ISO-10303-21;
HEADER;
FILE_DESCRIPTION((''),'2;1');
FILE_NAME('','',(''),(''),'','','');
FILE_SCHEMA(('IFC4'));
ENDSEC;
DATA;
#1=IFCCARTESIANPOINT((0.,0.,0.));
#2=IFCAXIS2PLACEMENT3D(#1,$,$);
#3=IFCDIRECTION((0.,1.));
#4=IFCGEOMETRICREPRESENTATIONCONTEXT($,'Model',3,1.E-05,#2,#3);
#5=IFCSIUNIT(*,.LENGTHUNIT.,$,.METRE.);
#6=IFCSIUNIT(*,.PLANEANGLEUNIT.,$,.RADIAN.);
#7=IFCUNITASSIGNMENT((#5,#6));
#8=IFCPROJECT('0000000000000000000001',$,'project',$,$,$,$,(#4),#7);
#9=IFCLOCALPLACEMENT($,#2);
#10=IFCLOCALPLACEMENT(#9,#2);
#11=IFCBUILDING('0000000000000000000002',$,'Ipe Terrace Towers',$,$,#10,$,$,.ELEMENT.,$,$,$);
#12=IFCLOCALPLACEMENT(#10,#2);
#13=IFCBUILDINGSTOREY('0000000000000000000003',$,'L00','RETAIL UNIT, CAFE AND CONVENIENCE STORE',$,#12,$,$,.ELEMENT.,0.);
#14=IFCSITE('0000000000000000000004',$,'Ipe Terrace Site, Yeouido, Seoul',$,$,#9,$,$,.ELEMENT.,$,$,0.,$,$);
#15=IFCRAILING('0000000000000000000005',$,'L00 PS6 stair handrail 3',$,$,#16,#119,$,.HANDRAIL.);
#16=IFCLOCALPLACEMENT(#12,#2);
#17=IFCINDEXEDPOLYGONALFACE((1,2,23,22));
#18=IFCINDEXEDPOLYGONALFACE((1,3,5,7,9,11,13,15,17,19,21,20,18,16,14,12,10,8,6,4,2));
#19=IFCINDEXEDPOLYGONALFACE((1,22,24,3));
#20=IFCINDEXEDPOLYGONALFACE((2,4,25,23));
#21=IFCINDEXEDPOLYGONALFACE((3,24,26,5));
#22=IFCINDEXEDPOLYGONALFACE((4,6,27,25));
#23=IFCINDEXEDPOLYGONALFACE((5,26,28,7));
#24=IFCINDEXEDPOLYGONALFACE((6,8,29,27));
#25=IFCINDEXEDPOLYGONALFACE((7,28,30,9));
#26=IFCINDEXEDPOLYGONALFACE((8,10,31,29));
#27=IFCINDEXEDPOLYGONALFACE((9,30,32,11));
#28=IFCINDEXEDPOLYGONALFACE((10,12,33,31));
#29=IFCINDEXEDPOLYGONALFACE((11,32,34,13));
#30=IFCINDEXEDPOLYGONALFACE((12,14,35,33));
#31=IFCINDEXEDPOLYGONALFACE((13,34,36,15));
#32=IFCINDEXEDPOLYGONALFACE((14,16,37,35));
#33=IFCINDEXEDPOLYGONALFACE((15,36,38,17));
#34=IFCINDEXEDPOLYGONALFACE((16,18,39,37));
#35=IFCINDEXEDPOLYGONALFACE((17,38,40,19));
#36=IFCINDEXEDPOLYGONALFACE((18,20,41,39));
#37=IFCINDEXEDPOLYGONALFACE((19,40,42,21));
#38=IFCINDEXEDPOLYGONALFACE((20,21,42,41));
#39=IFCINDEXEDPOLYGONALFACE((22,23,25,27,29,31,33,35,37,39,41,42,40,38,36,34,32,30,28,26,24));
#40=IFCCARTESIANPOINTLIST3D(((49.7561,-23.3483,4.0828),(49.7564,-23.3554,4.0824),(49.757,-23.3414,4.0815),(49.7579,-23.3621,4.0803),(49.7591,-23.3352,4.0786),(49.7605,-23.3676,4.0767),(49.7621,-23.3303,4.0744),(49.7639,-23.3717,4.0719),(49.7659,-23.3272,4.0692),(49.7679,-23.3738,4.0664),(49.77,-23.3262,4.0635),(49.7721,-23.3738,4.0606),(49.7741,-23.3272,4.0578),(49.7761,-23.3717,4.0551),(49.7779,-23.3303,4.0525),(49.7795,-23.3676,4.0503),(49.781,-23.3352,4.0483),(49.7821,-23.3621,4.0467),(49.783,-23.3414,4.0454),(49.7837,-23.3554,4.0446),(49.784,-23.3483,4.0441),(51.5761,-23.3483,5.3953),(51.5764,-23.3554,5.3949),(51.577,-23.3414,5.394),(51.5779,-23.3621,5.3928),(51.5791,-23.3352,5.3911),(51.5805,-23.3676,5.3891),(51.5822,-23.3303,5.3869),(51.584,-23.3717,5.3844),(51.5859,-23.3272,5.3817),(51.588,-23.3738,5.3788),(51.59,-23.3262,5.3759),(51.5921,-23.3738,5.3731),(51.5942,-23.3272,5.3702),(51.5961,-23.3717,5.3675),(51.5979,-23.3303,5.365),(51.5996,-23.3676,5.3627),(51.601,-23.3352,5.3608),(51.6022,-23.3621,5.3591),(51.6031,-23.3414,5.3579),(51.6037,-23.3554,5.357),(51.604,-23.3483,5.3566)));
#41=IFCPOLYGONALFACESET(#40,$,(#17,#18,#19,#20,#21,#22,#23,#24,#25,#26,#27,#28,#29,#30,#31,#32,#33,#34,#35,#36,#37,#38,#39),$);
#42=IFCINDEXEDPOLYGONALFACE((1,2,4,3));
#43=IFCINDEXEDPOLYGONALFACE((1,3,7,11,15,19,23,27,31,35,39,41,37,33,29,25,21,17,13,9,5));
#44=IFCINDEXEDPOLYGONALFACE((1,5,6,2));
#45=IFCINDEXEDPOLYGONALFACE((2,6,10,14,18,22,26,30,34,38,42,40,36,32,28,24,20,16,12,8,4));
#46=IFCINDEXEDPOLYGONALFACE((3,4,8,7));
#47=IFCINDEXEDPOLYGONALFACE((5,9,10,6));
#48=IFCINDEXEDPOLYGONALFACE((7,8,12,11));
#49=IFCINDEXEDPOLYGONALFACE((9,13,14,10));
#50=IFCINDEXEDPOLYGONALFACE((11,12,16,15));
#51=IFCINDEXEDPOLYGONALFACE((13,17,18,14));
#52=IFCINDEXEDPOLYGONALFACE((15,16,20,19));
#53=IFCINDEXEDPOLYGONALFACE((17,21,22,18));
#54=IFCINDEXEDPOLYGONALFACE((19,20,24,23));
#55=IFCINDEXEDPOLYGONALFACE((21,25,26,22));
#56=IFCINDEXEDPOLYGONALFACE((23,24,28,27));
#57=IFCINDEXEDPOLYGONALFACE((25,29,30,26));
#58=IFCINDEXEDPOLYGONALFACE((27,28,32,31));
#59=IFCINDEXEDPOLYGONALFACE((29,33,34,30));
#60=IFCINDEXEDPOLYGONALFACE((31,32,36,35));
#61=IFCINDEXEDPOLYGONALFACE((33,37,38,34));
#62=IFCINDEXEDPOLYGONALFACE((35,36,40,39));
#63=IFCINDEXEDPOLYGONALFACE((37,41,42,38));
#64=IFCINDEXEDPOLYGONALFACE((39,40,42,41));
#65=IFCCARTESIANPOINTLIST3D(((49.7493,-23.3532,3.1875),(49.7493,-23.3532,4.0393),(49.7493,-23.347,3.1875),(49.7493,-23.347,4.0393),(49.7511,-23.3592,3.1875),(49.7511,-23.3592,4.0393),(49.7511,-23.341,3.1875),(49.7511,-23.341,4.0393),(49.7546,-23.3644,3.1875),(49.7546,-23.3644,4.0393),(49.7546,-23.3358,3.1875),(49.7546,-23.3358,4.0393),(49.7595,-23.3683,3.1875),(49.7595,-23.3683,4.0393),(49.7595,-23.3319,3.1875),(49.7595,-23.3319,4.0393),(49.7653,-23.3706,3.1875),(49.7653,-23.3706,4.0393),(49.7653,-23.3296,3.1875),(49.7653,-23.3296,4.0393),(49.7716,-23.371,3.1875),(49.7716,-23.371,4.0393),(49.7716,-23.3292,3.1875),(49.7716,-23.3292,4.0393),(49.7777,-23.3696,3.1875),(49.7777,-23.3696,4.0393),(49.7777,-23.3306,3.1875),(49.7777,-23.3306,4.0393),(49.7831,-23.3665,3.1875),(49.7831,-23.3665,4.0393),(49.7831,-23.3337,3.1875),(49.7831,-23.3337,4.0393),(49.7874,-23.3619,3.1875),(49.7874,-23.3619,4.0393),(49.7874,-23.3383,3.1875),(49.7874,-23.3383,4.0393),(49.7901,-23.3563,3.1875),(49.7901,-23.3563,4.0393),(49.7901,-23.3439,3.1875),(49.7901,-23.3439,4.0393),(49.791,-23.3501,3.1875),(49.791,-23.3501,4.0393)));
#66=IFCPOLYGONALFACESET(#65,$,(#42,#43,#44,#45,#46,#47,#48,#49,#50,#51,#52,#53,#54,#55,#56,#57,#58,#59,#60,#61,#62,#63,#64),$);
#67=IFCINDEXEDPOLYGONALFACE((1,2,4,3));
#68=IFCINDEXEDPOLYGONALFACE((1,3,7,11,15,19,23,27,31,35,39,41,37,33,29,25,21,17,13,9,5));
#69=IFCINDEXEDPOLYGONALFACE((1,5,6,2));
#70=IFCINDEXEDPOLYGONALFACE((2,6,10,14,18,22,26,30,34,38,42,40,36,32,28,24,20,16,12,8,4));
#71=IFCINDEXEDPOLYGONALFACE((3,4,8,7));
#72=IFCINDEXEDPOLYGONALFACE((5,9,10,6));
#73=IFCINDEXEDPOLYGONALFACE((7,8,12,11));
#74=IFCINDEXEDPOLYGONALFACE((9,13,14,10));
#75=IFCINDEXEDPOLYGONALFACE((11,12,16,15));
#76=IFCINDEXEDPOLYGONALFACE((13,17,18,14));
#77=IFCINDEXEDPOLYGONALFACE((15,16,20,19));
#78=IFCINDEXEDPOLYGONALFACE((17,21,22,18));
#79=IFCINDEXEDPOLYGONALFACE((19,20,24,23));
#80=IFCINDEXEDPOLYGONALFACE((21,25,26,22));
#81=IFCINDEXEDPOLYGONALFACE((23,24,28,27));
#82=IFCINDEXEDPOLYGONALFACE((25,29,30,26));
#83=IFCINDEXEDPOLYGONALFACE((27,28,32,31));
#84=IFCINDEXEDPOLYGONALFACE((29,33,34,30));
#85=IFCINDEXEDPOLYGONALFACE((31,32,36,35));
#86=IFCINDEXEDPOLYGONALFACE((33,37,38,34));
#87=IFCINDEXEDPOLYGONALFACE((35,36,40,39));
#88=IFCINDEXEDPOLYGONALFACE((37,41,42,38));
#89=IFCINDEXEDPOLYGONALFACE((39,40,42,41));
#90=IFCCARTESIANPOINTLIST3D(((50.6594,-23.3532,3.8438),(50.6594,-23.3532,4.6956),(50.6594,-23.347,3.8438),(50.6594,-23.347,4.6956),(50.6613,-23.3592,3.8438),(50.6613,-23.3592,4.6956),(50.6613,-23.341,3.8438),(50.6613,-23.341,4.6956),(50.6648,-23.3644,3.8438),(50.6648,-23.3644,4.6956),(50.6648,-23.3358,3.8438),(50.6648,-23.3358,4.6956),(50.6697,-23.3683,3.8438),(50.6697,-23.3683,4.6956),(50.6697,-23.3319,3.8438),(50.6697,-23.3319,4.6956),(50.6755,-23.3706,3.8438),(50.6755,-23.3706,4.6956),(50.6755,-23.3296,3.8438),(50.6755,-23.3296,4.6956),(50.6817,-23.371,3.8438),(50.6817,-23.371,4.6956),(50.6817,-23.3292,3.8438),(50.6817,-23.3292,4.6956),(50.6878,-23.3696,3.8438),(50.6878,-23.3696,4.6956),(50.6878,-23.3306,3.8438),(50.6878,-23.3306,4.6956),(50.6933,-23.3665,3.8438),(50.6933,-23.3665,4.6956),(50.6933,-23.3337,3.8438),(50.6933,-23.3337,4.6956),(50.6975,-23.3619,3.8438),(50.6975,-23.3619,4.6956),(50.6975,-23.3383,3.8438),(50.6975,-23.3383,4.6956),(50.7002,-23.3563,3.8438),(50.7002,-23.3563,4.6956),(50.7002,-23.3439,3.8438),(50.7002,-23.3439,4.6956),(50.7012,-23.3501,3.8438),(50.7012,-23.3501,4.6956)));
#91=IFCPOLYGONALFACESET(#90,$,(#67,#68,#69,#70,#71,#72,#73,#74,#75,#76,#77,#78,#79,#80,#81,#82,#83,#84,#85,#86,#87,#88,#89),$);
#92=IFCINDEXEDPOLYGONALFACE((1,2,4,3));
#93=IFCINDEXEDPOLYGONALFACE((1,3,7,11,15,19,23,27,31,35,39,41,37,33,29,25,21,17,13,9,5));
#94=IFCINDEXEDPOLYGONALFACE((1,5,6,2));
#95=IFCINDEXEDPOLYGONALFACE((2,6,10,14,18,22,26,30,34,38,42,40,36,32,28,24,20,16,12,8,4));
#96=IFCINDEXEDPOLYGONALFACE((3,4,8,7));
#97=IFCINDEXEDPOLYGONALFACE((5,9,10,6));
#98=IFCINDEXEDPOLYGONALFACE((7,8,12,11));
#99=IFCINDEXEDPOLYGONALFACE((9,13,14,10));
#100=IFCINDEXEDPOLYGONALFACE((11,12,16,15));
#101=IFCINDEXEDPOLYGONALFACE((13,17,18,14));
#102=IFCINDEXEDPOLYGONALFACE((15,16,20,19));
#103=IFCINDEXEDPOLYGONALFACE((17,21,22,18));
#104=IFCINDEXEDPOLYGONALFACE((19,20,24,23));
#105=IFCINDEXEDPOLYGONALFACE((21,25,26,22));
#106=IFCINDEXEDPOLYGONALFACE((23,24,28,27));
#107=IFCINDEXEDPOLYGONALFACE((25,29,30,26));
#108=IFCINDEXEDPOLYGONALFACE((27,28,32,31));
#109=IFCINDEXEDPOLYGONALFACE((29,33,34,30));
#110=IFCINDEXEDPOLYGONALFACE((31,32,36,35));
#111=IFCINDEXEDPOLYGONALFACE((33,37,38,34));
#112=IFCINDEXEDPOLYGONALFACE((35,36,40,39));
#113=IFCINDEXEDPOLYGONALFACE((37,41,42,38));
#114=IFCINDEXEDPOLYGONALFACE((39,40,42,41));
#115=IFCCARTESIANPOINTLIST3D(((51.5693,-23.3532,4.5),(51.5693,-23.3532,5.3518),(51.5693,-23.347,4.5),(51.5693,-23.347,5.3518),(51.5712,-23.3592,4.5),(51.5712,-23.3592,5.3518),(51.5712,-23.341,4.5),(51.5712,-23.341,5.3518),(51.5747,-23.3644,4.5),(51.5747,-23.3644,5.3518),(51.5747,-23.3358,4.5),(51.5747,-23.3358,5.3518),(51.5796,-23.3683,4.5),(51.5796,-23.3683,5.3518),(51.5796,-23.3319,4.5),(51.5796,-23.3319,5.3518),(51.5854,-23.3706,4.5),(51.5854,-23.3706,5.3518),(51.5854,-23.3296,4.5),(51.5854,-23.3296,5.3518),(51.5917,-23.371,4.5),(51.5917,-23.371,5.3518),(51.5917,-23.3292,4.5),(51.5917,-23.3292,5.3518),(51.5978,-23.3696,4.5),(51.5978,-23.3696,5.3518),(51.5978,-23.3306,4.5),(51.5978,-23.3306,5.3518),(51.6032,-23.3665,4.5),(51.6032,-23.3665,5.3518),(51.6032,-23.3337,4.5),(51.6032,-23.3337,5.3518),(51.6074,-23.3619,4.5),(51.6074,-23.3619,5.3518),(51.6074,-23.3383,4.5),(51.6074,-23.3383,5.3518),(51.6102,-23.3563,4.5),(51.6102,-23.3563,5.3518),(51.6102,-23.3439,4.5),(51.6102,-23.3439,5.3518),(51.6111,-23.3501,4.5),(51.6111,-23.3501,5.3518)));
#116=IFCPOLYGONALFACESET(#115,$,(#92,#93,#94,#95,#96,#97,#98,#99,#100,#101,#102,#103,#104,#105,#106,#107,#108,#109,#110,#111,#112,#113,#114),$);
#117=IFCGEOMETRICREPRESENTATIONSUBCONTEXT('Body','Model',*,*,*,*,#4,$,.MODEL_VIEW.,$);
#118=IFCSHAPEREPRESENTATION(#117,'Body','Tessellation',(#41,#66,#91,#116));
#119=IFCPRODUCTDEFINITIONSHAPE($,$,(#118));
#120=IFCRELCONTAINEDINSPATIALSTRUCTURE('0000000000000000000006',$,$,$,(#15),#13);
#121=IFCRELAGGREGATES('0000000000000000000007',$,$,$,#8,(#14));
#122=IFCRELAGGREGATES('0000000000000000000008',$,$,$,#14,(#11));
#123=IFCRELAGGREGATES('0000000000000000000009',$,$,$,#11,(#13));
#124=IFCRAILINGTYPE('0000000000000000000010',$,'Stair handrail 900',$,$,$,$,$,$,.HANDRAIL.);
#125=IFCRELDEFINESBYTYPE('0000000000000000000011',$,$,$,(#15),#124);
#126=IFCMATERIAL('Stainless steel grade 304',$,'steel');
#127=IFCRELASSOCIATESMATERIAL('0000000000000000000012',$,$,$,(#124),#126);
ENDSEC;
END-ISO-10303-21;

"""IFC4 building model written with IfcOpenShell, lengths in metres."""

from ifc_helpers import new_model, si_unit, direction, frame, origin, origin_2d, place, context, subcontext, project, spatial, circle, extrude, material, type_object, element, save


model = new_model("IFC4")

# Units and contexts
model_context = context("Model", 3, precision=1e-05, world=origin(), true_north=direction((0.0, 1.0)))
body_context = subcontext(model_context, "Body", "Model", "MODEL_VIEW")
ifc_project = project(units=[si_unit("LENGTHUNIT", "METRE"), si_unit("PLANEANGLEUNIT", "RADIAN")], contexts=[model_context])

# Site, building, storey
site_placement = place(None, origin())
site = spatial("IfcSite", under=ifc_project, at=site_placement, Name="Ipe Terrace Site, Yeouido, Seoul", CompositionType="ELEMENT", RefElevation=0.0)
building_placement = place(site_placement, origin())
building = spatial("IfcBuilding", under=site, at=building_placement, Name="Ipe Terrace Towers", CompositionType="ELEMENT")
storey_placement = place(building_placement, origin())
storey = spatial("IfcBuildingStorey", under=building, at=storey_placement, Name="L00", Description="RETAIL UNIT, CAFE AND CONVENIENCE STORE", CompositionType="ELEMENT", Elevation=0.0)

# Railing
ifc_material_1 = material(Name="Stainless steel grade 304", Category="steel")
railing_type_1 = type_object("IfcRailingType", Name="Stair handrail 900", PredefinedType="HANDRAIL", material=ifc_material_1)
railing_1_placement = place(storey_placement, frame((49.77, -23.3501, 3.1875)))
element("IfcRailing", 1, at=railing_1_placement, inside=storey, type_object=railing_type_1, Name="L00 PS6 stair handrail 3", PredefinedType="HANDRAIL", context=body_context, shape_type="SweptSolid", body=[
    extrude(circle(Radius=0.0239, at=origin_2d()), frame((0.0, 0.0, 0.876), z_axis=(0.811101, 0.0, 0.584906), x_axis=(0.0, 1.0, 0.0)), (0.0, 0.0, 1.0), 2.2439),
    extrude(circle(Radius=0.021, at=origin_2d()), origin(), (0.0, 0.0, 1.0), 0.8518),
    extrude(circle(Radius=0.021, at=origin_2d()), frame((0.9102, 0.0, 0.6562)), (0.0, 0.0, 1.0), 0.8518),
    extrude(circle(Radius=0.021, at=origin_2d()), frame((1.8201, 0.0, 1.3125)), (0.0, 0.0, 1.0), 0.8518),
])

save(model, "model.ifc")
